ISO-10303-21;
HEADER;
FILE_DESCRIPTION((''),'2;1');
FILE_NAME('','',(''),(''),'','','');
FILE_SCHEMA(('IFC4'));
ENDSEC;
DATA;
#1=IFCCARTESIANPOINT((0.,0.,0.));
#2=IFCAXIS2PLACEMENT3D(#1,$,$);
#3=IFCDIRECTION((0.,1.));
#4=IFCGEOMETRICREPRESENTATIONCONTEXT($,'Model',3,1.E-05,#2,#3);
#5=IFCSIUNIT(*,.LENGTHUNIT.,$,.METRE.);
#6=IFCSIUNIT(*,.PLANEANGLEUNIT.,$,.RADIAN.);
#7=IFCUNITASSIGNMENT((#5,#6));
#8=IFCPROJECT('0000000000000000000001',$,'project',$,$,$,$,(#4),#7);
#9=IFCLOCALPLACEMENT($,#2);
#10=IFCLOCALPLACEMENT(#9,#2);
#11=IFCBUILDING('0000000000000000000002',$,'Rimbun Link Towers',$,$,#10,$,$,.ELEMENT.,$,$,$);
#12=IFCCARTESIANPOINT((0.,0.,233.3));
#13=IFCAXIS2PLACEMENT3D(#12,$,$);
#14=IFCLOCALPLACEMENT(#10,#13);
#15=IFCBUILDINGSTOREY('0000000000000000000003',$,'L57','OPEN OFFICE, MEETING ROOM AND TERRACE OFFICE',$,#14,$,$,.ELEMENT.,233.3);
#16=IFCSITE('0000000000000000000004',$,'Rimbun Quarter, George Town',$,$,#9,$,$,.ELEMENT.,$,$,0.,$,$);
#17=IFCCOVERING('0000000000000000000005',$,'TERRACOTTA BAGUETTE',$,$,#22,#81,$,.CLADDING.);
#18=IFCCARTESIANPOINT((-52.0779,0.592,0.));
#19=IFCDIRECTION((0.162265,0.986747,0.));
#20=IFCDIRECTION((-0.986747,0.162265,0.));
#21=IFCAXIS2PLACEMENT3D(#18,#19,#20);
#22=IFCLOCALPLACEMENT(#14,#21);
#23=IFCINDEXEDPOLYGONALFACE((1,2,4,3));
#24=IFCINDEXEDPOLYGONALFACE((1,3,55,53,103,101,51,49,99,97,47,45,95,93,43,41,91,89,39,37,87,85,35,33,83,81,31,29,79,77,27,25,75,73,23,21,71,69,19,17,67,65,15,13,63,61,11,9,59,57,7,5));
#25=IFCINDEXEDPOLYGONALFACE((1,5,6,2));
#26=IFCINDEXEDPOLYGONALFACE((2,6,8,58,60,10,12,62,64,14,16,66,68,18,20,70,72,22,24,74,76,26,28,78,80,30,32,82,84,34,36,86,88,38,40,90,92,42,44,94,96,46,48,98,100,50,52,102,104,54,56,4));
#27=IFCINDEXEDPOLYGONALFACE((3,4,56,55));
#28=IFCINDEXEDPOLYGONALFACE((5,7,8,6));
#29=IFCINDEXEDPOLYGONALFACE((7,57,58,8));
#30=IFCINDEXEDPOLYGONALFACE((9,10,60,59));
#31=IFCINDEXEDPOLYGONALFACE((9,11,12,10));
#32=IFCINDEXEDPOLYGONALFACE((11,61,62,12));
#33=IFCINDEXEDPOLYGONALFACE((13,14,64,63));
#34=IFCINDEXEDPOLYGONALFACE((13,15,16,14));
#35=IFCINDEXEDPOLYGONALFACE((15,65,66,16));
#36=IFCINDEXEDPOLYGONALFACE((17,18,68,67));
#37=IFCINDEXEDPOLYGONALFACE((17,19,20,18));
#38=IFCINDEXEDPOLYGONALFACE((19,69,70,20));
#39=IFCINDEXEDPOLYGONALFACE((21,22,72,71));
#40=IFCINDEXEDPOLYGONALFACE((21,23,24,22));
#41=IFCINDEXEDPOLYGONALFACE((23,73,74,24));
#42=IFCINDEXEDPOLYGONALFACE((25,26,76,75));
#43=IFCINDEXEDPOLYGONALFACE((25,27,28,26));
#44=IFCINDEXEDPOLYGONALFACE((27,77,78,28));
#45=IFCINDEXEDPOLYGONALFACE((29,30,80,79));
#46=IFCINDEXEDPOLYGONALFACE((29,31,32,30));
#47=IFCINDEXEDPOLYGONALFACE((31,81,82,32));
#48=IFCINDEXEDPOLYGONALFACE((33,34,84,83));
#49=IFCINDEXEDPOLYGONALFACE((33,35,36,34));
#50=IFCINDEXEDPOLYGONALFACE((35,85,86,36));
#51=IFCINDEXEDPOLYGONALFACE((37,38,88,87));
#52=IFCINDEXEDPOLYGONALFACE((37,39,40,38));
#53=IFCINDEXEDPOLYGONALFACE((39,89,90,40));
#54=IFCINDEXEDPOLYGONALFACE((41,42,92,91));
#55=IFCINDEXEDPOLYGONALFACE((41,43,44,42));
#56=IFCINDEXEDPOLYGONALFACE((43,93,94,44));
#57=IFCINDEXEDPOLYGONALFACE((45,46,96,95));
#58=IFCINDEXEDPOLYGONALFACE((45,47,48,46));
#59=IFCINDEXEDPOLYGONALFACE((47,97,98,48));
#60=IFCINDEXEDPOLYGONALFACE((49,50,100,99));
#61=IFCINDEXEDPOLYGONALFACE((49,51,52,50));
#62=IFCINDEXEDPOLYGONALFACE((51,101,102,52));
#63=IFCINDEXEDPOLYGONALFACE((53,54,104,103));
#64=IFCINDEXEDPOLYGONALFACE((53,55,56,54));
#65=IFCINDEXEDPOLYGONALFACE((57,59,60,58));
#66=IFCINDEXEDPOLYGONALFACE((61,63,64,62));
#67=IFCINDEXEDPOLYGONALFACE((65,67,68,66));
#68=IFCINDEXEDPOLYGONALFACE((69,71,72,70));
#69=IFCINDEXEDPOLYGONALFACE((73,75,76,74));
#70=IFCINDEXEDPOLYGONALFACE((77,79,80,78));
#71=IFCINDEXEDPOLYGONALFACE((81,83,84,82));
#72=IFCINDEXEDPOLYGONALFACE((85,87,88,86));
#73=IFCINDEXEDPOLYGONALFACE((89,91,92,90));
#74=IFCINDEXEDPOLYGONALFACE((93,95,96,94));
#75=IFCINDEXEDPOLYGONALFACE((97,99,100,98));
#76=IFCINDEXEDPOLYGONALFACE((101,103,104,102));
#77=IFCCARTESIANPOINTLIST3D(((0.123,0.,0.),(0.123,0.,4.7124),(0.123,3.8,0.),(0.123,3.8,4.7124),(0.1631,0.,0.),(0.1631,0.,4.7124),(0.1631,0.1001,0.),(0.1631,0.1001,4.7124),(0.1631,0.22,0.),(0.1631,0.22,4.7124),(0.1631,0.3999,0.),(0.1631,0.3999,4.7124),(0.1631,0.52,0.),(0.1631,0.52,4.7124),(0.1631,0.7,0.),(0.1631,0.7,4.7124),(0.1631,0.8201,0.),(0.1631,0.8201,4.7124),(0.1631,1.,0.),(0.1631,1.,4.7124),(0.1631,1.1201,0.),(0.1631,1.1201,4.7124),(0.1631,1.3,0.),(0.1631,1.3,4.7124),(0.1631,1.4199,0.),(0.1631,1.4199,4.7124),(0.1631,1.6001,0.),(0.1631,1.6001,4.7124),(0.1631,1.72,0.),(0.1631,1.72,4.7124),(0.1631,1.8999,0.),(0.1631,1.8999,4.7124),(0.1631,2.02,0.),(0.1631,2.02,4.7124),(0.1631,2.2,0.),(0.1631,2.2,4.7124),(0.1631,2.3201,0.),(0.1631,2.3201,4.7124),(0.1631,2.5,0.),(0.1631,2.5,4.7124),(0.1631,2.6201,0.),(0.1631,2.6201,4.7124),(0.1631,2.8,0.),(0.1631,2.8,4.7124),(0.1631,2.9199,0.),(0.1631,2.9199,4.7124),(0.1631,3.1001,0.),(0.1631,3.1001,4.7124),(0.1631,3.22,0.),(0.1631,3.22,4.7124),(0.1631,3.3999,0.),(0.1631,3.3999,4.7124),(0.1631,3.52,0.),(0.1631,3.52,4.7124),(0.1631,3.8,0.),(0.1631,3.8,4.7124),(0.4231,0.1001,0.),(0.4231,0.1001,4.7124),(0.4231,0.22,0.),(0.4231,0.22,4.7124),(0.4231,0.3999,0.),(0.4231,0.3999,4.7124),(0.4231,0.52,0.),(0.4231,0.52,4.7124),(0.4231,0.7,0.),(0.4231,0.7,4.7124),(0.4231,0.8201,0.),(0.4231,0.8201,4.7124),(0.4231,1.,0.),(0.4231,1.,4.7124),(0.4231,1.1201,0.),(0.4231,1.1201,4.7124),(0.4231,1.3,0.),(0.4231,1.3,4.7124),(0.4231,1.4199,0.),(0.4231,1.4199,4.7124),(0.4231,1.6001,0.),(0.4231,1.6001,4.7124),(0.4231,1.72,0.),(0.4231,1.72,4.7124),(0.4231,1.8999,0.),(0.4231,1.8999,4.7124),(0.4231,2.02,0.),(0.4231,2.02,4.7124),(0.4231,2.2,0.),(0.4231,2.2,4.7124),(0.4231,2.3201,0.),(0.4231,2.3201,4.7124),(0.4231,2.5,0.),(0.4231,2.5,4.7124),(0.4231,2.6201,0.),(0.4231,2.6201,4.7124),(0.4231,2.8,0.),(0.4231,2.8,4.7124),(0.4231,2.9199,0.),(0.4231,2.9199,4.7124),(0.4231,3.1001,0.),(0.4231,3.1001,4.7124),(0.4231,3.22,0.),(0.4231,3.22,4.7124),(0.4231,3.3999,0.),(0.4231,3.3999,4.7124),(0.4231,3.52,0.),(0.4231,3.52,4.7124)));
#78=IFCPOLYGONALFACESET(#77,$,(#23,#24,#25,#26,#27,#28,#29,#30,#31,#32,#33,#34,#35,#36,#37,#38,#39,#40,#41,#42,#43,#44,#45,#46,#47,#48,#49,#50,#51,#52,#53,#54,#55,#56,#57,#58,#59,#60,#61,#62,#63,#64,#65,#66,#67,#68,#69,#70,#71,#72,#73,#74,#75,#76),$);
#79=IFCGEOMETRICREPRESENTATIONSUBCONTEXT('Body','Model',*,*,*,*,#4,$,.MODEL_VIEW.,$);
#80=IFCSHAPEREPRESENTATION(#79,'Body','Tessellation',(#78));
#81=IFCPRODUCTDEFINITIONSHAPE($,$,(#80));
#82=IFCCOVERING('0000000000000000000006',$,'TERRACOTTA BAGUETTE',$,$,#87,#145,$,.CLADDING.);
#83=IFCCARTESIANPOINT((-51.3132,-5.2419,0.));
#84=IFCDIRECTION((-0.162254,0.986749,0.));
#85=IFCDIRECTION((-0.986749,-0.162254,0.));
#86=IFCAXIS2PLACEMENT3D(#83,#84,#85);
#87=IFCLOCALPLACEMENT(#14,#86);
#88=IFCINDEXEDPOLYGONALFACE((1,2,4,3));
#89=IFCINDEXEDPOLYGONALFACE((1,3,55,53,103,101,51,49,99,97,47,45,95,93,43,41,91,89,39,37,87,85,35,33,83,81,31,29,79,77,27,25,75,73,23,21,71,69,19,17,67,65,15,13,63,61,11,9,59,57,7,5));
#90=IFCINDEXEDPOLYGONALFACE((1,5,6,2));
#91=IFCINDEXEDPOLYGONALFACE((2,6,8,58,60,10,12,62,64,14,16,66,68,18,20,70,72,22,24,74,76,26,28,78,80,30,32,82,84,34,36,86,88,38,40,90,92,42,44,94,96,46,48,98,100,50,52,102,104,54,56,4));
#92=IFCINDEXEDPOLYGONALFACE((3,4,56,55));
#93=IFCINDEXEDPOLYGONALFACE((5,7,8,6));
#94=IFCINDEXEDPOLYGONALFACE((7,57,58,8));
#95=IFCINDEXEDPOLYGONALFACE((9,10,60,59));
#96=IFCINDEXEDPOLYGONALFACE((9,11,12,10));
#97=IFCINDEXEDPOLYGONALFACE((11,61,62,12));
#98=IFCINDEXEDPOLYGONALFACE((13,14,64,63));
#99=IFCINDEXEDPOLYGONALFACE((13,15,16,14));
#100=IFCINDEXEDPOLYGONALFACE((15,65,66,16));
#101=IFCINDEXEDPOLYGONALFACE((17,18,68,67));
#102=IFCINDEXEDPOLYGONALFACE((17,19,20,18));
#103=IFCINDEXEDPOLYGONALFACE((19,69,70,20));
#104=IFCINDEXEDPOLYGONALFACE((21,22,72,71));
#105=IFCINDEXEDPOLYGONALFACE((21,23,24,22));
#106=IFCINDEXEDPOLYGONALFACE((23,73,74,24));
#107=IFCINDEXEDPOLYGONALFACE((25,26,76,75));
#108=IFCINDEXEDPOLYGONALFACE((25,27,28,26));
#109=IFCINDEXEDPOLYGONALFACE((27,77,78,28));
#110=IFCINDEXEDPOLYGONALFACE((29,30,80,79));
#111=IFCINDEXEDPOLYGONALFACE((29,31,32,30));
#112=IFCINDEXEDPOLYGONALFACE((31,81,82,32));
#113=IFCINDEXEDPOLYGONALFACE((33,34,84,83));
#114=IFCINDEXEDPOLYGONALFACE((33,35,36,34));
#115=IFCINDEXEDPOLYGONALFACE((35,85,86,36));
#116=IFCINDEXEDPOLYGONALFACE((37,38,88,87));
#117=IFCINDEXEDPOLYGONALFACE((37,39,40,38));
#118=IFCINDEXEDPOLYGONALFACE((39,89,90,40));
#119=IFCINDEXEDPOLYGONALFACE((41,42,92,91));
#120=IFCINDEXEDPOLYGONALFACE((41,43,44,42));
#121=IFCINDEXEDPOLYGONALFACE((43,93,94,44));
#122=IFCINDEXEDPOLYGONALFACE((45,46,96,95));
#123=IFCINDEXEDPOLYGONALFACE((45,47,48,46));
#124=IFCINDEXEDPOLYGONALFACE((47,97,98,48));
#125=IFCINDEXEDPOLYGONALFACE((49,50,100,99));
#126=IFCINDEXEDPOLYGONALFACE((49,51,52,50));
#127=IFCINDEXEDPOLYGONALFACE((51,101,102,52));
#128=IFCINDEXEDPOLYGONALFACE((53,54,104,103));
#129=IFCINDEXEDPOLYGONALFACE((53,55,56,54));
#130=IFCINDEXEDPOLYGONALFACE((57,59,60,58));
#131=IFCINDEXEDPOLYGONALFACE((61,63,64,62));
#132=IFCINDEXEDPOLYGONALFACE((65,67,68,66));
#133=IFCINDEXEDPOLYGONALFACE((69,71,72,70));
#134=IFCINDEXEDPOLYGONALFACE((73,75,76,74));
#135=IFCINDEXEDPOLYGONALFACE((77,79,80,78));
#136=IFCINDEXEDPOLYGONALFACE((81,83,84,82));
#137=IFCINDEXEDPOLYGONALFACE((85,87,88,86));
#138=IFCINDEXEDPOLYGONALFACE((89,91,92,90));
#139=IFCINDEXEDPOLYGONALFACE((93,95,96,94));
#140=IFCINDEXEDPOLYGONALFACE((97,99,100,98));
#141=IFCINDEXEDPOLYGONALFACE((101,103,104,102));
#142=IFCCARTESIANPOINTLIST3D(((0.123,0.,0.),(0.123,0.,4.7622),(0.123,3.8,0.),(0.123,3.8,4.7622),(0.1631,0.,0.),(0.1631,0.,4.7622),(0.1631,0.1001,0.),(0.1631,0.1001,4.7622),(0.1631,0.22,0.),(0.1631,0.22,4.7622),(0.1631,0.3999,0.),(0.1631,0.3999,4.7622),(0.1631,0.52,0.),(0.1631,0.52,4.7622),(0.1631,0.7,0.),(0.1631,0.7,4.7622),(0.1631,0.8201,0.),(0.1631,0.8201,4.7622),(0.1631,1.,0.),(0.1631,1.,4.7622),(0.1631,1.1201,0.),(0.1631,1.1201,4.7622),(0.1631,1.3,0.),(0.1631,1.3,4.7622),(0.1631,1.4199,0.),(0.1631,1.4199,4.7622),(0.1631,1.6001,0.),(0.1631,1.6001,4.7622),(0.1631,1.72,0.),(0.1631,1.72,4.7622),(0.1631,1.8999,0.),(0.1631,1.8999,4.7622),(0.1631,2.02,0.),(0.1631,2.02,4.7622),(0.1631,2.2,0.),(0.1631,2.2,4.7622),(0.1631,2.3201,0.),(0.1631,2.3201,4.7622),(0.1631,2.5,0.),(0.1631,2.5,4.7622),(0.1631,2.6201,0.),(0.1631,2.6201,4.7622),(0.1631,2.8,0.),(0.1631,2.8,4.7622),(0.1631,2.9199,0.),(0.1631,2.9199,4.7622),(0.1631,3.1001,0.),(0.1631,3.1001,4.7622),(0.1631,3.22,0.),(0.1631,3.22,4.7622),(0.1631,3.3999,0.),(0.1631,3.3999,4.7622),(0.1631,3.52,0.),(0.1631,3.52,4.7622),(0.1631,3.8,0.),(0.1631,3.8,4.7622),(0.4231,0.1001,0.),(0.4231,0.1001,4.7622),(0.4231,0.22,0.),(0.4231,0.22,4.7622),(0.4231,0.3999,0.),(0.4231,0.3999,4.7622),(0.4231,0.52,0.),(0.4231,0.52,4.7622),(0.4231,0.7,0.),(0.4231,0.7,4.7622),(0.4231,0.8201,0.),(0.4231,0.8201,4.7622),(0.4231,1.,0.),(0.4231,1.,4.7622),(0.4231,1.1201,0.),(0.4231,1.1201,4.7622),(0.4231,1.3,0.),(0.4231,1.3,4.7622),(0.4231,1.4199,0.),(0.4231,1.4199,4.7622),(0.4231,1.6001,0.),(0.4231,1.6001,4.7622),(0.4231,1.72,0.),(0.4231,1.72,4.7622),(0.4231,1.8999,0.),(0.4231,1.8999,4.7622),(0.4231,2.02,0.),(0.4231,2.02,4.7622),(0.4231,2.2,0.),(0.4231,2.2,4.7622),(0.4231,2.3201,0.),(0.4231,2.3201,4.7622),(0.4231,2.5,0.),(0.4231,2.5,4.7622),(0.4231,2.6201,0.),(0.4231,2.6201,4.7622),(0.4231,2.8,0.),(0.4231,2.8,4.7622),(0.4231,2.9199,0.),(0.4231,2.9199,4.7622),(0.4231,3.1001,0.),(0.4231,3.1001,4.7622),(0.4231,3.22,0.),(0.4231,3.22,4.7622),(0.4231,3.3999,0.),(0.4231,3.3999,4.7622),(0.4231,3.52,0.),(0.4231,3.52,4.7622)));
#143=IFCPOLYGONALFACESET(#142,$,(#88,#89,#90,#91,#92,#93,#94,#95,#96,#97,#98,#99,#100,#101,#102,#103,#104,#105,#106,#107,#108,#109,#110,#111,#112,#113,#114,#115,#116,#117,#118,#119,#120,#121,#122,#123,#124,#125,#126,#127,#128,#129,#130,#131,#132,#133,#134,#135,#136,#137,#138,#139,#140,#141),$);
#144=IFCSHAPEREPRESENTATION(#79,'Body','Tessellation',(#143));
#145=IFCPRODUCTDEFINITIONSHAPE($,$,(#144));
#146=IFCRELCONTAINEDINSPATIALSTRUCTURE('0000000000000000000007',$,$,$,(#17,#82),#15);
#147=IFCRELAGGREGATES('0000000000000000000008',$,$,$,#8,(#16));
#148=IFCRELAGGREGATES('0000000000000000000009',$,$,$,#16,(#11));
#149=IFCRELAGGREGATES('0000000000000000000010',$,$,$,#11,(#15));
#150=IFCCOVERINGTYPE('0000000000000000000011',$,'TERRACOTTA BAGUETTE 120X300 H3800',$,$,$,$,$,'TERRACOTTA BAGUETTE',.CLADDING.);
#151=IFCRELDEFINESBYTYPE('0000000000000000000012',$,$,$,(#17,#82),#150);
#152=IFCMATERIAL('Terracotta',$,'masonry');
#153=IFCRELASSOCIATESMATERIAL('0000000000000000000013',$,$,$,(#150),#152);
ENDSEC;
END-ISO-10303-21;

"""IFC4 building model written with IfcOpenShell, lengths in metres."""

from ifc_helpers import new_model, si_unit, direction, frame, origin, place, context, subcontext, project, spatial, polyline, outline, extrude, material, material_profile, profile_set, type_object, element, save


model = new_model("IFC4")

# Units and contexts
model_context = context("Model", 3, precision=1e-05, world=origin(), true_north=direction((0.0, 1.0)))
body_context = subcontext(model_context, "Body", "Model", "MODEL_VIEW")
ifc_project = project(units=[si_unit("LENGTHUNIT", "METRE"), si_unit("PLANEANGLEUNIT", "RADIAN")], contexts=[model_context])

# Site, building, storey
site_placement = place(None, origin())
site = spatial("IfcSite", under=ifc_project, at=site_placement, Name="Rimbun Quarter, George Town", CompositionType="ELEMENT", RefElevation=0.0)
building_placement = place(site_placement, origin())
building = spatial("IfcBuilding", under=site, at=building_placement, Name="Rimbun Link Towers", CompositionType="ELEMENT")
storey_placement = place(building_placement, frame((0.0, 0.0, 233.3)))
storey = spatial("IfcBuildingStorey", under=building, at=storey_placement, Name="L57", Description="OPEN OFFICE, MEETING ROOM AND TERRACE OFFICE", CompositionType="ELEMENT", Elevation=233.3)

# Coverings
ifc_material_1 = material(Name="Terracotta", Category="masonry")
ifc_material_profile_1 = material_profile(ifc_material_1, outline(polyline([(0.123, 0.0), (0.1631, 0.0), (0.1631, 0.1001), (0.4231, 0.1001), (0.4231, 0.22), (0.1631, 0.22), (0.1631, 0.3999), (0.4231, 0.3999), (0.4231, 0.52), (0.1631, 0.52), (0.1631, 0.7), (0.4231, 0.7), (0.4231, 0.8201), (0.1631, 0.8201), (0.1631, 1.0), (0.4231, 1.0), (0.4231, 1.1201), (0.1631, 1.1201), (0.1631, 1.3), (0.4231, 1.3), (0.4231, 1.4199), (0.1631, 1.4199), (0.1631, 1.6001), (0.4231, 1.6001), (0.4231, 1.72), (0.1631, 1.72), (0.1631, 1.8999), (0.4231, 1.8999), (0.4231, 2.02), (0.1631, 2.02), (0.1631, 2.2), (0.4231, 2.2), (0.4231, 2.3201), (0.1631, 2.3201), (0.1631, 2.5), (0.4231, 2.5), (0.4231, 2.6201), (0.1631, 2.6201), (0.1631, 2.8), (0.4231, 2.8), (0.4231, 2.9199), (0.1631, 2.9199), (0.1631, 3.1001), (0.4231, 3.1001), (0.4231, 3.22), (0.1631, 3.22), (0.1631, 3.3999), (0.4231, 3.3999), (0.4231, 3.52), (0.1631, 3.52), (0.1631, 3.8), (0.123, 3.8), (0.123, 0.0)])), Name="BAGUETTE 120X300")
ifc_profile_set_1 = profile_set([ifc_material_profile_1], Name="Terracotta")
covering_type = type_object("IfcCoveringType", Name="TERRACOTTA BAGUETTE 120X300 H3800", ElementType="TERRACOTTA BAGUETTE", PredefinedType="CLADDING", material=ifc_profile_set_1)
covering_1_placement = place(storey_placement, frame((-52.0779, 0.592, 0.0), z_axis=(0.162265, 0.986747, 0.0), x_axis=(-0.986747, 0.162265, 0.0)))
element("IfcCovering", 1, at=covering_1_placement, inside=storey, type_object=covering_type, Name="TERRACOTTA BAGUETTE", PredefinedType="CLADDING", context=body_context, shape_type="SweptSolid", body=[
    extrude(outline(polyline([(0.123, 0.0), (0.1631, 0.0), (0.1631, 0.1001), (0.4231, 0.1001), (0.4231, 0.22), (0.1631, 0.22), (0.1631, 0.3999), (0.4231, 0.3999), (0.4231, 0.52), (0.1631, 0.52), (0.1631, 0.7), (0.4231, 0.7), (0.4231, 0.8201), (0.1631, 0.8201), (0.1631, 1.0), (0.4231, 1.0), (0.4231, 1.1201), (0.1631, 1.1201), (0.1631, 1.3), (0.4231, 1.3), (0.4231, 1.4199), (0.1631, 1.4199), (0.1631, 1.6001), (0.4231, 1.6001), (0.4231, 1.72), (0.1631, 1.72), (0.1631, 1.8999), (0.4231, 1.8999), (0.4231, 2.02), (0.1631, 2.02), (0.1631, 2.2), (0.4231, 2.2), (0.4231, 2.3201), (0.1631, 2.3201), (0.1631, 2.5), (0.4231, 2.5), (0.4231, 2.6201), (0.1631, 2.6201), (0.1631, 2.8), (0.4231, 2.8), (0.4231, 2.9199), (0.1631, 2.9199), (0.1631, 3.1001), (0.4231, 3.1001), (0.4231, 3.22), (0.1631, 3.22), (0.1631, 3.3999), (0.4231, 3.3999), (0.4231, 3.52), (0.1631, 3.52), (0.1631, 3.8), (0.123, 3.8), (0.123, 0.0)])), origin(), (0.0, 0.0, 1.0), 4.7124),
])
covering_2_placement = place(storey_placement, frame((-51.3132, -5.2419, 0.0), z_axis=(-0.162254, 0.986749, 0.0), x_axis=(-0.986749, -0.162254, 0.0)))
element("IfcCovering", 2, at=covering_2_placement, inside=storey, type_object=covering_type, Name="TERRACOTTA BAGUETTE", PredefinedType="CLADDING", context=body_context, shape_type="SweptSolid", body=[
    extrude(outline(polyline([(0.123, 0.0), (0.1631, 0.0), (0.1631, 0.1001), (0.4231, 0.1001), (0.4231, 0.22), (0.1631, 0.22), (0.1631, 0.3999), (0.4231, 0.3999), (0.4231, 0.52), (0.1631, 0.52), (0.1631, 0.7), (0.4231, 0.7), (0.4231, 0.8201), (0.1631, 0.8201), (0.1631, 1.0), (0.4231, 1.0), (0.4231, 1.1201), (0.1631, 1.1201), (0.1631, 1.3), (0.4231, 1.3), (0.4231, 1.4199), (0.1631, 1.4199), (0.1631, 1.6001), (0.4231, 1.6001), (0.4231, 1.72), (0.1631, 1.72), (0.1631, 1.8999), (0.4231, 1.8999), (0.4231, 2.02), (0.1631, 2.02), (0.1631, 2.2), (0.4231, 2.2), (0.4231, 2.3201), (0.1631, 2.3201), (0.1631, 2.5), (0.4231, 2.5), (0.4231, 2.6201), (0.1631, 2.6201), (0.1631, 2.8), (0.4231, 2.8), (0.4231, 2.9199), (0.1631, 2.9199), (0.1631, 3.1001), (0.4231, 3.1001), (0.4231, 3.22), (0.1631, 3.22), (0.1631, 3.3999), (0.4231, 3.3999), (0.4231, 3.52), (0.1631, 3.52), (0.1631, 3.8), (0.123, 3.8), (0.123, 0.0)])), origin(), (0.0, 0.0, 1.0), 4.7622),
])

save(model, "model.ifc")
